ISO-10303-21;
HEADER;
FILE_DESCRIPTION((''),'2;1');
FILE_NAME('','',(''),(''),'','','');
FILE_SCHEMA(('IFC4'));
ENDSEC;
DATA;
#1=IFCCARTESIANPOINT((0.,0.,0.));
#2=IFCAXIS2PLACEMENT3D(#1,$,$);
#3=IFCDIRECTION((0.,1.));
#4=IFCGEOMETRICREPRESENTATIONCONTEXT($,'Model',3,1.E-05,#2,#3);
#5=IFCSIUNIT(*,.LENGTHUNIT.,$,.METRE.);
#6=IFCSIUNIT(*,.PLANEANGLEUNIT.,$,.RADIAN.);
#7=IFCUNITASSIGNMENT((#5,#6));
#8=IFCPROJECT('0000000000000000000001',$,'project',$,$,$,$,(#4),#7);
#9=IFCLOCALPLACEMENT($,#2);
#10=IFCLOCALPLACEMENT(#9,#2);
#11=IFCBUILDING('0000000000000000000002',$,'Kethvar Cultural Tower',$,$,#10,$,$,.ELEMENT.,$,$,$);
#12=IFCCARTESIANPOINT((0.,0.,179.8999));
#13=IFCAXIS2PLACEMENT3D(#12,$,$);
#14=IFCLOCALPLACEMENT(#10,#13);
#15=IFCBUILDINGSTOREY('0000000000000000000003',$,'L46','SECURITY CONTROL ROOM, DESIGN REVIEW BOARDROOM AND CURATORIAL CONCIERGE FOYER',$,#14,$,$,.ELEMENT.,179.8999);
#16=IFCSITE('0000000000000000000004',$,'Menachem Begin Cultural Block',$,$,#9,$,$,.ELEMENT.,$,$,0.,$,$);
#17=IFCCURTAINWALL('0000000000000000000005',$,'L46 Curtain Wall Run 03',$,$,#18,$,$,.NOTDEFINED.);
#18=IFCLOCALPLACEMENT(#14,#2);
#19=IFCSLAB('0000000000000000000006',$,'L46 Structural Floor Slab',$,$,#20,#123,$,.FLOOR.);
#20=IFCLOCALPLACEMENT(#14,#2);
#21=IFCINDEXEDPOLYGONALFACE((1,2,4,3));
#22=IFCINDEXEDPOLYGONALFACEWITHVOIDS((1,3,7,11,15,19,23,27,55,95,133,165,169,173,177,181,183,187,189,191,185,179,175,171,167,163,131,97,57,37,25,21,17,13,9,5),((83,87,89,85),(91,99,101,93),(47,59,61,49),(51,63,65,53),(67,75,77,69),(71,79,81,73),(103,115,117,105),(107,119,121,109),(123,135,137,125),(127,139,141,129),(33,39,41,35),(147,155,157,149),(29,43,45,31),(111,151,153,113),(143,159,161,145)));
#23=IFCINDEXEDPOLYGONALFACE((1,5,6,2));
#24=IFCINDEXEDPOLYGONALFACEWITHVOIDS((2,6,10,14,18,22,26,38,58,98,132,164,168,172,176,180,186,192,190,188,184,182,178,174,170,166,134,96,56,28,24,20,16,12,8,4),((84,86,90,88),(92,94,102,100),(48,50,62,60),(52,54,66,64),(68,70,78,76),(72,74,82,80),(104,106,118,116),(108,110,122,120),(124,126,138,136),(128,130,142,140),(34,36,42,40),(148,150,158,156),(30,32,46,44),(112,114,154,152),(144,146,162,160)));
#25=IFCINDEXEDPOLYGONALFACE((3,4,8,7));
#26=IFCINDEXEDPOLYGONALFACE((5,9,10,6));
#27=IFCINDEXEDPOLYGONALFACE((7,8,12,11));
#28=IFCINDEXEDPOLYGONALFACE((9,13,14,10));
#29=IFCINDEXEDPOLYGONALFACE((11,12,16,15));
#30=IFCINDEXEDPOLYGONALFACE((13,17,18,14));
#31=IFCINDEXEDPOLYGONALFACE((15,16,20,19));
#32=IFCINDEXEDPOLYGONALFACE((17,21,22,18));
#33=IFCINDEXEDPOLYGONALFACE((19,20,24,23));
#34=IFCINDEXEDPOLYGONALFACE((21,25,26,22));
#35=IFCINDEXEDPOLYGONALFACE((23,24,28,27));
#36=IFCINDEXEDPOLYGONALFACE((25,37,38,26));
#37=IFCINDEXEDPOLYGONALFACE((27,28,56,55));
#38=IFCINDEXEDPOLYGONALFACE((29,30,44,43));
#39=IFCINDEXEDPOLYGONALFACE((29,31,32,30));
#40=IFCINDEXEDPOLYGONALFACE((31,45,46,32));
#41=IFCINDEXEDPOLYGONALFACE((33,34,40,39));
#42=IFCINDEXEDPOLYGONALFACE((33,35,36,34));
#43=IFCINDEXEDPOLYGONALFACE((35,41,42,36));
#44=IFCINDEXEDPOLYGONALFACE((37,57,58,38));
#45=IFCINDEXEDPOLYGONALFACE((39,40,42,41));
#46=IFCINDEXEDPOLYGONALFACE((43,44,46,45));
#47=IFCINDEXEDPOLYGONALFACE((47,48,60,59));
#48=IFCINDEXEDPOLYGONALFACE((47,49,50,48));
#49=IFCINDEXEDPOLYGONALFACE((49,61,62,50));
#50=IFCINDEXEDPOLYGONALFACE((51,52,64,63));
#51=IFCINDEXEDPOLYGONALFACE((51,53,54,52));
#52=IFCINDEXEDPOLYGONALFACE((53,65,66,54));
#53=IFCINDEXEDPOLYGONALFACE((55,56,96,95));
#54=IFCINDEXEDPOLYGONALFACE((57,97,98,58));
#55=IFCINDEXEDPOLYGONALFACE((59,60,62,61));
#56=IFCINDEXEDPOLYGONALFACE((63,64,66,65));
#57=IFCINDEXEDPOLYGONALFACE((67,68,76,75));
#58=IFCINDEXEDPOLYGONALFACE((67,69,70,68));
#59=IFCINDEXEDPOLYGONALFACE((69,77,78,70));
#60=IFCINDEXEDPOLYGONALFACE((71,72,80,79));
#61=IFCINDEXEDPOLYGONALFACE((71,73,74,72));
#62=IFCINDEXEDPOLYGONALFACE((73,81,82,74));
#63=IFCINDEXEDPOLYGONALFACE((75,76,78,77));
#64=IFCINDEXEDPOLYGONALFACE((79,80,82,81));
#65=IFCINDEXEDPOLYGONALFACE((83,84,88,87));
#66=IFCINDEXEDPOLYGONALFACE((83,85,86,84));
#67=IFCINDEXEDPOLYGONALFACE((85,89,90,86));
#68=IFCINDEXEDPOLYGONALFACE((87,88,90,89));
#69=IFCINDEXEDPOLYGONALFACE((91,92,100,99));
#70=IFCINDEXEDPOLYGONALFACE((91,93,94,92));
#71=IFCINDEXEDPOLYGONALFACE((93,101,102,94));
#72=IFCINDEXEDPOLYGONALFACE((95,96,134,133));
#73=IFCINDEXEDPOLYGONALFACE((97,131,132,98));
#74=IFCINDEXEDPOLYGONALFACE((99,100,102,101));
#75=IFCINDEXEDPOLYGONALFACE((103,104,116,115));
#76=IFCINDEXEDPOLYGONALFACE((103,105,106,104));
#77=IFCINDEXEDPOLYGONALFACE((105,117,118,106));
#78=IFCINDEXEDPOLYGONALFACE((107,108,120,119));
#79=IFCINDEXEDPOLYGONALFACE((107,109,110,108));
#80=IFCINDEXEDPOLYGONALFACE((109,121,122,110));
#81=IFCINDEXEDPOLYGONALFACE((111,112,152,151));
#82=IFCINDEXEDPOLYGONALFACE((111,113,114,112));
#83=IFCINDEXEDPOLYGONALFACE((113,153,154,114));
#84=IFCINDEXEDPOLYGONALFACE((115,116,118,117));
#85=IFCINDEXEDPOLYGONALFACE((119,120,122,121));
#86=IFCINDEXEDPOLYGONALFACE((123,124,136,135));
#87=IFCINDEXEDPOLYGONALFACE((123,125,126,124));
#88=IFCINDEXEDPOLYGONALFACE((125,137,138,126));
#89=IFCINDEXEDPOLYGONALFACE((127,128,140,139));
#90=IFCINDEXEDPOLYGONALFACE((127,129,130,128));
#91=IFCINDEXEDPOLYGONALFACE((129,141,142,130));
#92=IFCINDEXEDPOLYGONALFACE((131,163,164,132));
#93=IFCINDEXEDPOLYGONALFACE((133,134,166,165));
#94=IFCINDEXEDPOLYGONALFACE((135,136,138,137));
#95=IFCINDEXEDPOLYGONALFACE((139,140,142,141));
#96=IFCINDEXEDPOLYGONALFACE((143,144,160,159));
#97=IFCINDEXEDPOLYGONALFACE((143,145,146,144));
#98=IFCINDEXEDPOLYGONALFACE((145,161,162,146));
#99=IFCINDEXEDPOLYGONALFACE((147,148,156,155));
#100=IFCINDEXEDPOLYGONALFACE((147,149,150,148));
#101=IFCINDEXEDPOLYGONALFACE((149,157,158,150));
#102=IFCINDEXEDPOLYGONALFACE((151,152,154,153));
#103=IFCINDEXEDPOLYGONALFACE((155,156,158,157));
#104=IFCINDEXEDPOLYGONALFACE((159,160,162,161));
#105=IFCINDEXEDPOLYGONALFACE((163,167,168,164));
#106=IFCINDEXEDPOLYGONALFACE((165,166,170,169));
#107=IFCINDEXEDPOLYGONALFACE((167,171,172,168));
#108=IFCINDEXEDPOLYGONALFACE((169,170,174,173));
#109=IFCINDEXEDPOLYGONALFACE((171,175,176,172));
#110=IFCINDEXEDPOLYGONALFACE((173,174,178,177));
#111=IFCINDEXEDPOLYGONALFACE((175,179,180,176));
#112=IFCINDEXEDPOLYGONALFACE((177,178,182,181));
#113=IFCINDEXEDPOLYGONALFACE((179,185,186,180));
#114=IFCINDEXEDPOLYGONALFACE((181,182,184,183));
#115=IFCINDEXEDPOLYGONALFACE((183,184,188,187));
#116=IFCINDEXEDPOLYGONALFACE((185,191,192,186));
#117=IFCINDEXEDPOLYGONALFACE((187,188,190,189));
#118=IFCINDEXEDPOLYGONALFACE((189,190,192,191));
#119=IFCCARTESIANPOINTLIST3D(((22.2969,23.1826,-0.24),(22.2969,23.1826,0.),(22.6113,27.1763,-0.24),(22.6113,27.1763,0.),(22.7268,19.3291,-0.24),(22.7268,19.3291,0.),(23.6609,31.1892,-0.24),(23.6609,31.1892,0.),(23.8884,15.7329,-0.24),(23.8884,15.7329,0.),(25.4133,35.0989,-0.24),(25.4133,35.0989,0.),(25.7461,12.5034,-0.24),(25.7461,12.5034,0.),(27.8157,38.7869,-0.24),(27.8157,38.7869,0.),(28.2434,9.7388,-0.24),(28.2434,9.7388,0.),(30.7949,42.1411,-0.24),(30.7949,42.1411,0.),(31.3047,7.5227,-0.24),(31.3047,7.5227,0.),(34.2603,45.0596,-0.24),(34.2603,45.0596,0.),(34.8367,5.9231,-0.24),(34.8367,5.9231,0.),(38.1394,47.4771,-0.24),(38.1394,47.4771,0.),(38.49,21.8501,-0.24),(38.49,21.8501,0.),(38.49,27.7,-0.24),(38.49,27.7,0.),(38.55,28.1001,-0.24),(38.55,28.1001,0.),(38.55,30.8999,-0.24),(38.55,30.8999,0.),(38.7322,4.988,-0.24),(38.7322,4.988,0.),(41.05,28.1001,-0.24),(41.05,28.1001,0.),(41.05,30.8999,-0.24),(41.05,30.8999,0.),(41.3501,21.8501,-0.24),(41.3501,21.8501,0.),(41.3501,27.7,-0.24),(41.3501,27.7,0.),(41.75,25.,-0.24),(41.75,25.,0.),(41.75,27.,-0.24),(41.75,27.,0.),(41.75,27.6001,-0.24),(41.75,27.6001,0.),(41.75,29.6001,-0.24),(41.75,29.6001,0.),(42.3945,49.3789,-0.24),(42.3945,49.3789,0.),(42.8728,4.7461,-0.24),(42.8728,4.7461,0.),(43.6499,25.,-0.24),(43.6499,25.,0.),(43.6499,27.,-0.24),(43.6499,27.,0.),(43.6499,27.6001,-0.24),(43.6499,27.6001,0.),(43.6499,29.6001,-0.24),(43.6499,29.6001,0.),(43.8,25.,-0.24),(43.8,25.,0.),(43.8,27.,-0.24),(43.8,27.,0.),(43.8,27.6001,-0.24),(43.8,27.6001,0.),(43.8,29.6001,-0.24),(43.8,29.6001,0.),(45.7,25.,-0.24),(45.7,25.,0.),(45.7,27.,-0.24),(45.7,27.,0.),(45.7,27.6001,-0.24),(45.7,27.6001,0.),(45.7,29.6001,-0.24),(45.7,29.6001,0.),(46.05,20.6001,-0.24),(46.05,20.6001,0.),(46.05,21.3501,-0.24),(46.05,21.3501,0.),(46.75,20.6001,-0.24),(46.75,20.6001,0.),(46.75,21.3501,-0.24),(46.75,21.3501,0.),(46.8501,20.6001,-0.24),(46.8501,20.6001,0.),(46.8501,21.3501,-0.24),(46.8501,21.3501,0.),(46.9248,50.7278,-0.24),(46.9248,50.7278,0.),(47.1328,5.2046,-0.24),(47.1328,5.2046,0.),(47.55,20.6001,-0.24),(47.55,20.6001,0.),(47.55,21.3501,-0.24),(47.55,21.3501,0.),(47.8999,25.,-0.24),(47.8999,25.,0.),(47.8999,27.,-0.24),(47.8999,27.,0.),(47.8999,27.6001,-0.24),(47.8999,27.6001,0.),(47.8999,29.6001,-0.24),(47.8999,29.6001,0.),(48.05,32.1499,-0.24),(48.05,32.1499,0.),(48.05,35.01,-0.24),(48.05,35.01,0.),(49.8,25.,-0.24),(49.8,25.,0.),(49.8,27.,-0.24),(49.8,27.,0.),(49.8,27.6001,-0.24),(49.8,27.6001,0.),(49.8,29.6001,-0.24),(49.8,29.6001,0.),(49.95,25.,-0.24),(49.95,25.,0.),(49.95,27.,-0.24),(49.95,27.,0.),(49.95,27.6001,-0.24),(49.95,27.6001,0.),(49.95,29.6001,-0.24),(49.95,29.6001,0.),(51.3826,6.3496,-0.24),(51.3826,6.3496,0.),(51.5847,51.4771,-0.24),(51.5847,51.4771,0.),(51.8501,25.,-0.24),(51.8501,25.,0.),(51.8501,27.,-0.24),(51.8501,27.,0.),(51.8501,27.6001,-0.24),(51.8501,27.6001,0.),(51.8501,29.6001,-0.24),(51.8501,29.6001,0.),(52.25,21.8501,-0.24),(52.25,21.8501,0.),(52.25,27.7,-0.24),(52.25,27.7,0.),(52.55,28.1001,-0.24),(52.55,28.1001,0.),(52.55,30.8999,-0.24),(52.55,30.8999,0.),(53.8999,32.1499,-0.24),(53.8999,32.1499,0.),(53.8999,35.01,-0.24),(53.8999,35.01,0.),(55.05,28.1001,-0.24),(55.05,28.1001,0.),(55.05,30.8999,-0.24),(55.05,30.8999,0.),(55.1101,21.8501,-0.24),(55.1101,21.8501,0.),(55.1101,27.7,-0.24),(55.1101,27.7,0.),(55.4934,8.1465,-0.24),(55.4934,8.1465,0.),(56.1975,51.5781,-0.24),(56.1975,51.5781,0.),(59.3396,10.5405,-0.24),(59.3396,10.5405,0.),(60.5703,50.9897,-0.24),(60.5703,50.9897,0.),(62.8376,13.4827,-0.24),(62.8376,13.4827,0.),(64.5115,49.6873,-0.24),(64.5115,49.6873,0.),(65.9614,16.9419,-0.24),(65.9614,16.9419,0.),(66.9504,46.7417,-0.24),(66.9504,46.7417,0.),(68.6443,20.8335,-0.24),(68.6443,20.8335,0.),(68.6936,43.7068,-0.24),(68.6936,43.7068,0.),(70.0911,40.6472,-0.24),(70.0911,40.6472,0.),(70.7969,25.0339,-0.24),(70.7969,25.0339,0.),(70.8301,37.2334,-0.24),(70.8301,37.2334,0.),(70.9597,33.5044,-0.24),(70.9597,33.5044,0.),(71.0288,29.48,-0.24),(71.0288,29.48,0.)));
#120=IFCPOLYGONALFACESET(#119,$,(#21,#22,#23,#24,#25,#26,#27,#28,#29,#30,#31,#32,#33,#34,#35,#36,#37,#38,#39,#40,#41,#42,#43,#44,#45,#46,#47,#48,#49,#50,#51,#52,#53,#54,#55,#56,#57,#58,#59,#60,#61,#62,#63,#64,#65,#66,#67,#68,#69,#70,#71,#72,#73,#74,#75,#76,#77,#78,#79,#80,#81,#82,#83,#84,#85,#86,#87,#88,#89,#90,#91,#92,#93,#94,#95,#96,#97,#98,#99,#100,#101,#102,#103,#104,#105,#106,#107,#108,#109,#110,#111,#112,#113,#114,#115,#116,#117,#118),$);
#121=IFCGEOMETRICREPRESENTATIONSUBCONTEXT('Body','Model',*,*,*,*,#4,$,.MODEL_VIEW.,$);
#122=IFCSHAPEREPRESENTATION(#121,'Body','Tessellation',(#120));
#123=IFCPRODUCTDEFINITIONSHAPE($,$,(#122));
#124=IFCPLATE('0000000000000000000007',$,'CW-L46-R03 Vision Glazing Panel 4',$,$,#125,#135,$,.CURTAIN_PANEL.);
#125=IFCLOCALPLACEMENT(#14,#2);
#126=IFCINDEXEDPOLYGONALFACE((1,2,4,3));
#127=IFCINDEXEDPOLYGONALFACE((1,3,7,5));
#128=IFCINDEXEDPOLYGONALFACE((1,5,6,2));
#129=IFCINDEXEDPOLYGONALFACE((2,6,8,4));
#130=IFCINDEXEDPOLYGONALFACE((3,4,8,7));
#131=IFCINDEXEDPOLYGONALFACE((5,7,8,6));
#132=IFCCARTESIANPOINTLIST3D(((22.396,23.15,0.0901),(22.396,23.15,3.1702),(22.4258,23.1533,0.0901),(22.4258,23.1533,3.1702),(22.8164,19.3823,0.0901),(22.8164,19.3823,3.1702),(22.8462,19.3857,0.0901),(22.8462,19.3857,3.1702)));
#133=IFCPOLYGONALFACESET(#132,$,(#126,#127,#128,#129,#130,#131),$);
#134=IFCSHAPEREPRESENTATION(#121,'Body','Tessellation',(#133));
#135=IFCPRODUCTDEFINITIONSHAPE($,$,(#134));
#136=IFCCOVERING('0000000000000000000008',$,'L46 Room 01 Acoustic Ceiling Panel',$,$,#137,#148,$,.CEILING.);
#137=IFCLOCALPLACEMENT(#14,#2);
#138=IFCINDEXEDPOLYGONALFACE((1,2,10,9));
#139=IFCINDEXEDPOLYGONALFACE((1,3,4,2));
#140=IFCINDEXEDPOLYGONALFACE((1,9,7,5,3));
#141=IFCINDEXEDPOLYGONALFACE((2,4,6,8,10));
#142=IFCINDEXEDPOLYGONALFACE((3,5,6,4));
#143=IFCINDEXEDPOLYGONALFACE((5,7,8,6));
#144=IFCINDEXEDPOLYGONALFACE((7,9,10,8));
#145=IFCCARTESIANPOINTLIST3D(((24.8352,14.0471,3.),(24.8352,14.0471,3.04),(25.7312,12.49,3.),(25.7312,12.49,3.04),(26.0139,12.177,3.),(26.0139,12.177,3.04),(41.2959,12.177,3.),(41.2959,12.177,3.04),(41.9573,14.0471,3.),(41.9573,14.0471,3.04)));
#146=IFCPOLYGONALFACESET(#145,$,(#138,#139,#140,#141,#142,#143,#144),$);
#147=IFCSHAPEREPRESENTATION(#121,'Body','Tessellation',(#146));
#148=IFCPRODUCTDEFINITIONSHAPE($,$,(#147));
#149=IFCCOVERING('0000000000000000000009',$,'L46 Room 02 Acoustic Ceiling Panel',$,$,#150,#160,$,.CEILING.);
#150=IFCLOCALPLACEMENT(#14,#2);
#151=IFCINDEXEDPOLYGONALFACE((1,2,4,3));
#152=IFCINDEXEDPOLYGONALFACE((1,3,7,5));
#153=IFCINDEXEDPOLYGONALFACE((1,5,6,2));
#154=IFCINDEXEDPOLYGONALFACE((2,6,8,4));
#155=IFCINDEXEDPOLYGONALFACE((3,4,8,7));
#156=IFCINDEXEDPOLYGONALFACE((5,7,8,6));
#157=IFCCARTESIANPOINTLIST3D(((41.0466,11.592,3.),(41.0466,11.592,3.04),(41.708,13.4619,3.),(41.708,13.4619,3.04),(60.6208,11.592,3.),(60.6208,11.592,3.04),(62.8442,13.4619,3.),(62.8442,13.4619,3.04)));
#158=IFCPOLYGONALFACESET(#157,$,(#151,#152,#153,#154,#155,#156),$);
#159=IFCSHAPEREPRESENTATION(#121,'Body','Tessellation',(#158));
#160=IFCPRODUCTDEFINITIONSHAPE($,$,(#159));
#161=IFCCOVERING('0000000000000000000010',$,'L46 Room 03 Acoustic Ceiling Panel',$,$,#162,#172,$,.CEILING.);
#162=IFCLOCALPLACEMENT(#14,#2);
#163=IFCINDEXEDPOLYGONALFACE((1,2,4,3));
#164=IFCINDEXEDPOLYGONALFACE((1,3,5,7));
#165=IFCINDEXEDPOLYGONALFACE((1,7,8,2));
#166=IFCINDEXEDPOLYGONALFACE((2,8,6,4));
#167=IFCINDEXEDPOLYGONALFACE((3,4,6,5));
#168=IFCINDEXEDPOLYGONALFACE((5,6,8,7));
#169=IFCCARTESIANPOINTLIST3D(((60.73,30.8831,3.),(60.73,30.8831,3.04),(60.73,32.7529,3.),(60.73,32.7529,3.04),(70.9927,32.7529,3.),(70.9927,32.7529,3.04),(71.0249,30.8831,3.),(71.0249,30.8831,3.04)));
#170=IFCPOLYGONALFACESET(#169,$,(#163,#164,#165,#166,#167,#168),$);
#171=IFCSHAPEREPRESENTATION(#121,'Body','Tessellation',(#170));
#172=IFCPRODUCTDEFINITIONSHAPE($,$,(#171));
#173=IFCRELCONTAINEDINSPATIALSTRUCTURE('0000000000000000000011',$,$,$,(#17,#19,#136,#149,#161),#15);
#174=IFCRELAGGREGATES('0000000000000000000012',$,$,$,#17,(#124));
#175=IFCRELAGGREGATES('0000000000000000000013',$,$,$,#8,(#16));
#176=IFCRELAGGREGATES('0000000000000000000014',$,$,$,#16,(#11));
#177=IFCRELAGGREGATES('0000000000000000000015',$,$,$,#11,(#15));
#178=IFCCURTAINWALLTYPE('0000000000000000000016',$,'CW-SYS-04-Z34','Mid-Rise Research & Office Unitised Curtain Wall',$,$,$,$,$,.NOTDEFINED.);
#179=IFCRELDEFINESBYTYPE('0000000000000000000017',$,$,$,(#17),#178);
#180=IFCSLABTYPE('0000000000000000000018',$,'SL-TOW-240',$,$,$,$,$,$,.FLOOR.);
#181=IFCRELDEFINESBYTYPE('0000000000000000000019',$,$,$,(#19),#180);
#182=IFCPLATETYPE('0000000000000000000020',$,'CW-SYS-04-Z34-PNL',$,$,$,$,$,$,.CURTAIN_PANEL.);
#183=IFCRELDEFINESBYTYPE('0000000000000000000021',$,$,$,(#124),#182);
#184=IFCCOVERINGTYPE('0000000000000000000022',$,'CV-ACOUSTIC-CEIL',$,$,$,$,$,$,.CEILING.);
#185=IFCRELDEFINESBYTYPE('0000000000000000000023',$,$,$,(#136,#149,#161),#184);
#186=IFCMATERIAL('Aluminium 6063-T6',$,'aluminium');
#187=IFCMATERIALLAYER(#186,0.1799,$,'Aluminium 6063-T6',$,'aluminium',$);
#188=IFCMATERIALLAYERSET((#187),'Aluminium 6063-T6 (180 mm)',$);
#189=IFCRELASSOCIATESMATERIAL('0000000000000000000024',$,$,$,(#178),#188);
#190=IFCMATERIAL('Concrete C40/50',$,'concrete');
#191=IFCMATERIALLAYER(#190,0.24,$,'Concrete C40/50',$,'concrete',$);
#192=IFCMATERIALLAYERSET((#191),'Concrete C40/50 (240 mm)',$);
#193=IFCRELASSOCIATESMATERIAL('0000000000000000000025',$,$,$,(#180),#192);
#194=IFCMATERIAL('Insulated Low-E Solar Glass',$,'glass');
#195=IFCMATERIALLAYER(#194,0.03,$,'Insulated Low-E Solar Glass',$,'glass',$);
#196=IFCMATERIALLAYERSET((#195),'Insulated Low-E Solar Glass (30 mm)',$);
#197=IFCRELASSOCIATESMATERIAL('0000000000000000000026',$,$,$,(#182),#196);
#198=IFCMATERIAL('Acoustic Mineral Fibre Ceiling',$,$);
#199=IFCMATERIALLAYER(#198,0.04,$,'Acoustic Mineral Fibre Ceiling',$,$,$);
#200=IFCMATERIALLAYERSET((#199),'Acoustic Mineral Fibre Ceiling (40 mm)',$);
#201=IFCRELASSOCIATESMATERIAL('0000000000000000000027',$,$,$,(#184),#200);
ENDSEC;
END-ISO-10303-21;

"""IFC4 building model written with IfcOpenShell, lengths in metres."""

from ifc_helpers import new_model, si_unit, direction, frame, origin, origin_2d, place, context, subcontext, project, spatial, polyline, rectangle, outline, extrude, source, transform, mapped, material, layer, layer_set, type_object, element, aggregate, save


model = new_model("IFC4")

# Units and contexts
model_context = context("Model", 3, precision=1e-05, world=origin(), true_north=direction((0.0, 1.0)))
body_context = subcontext(model_context, "Body", "Model", "MODEL_VIEW")
ifc_project = project(units=[si_unit("LENGTHUNIT", "METRE"), si_unit("PLANEANGLEUNIT", "RADIAN")], contexts=[model_context])

# Site, building, storey
site_placement = place(None, origin())
site = spatial("IfcSite", under=ifc_project, at=site_placement, Name="Menachem Begin Cultural Block", CompositionType="ELEMENT", RefElevation=0.0)
building_placement = place(site_placement, origin())
building = spatial("IfcBuilding", under=site, at=building_placement, Name="Kethvar Cultural Tower", CompositionType="ELEMENT")
storey_placement = place(building_placement, frame((0.0, 0.0, 179.8999)))
storey = spatial("IfcBuildingStorey", under=building, at=storey_placement, Name="L46", Description="SECURITY CONTROL ROOM, DESIGN REVIEW BOARDROOM AND CURATORIAL CONCIERGE FOYER", CompositionType="ELEMENT", Elevation=179.8999)

# Curtain wall
ifc_material_1 = material(Name="Aluminium 6063-T6", Category="aluminium")
ifc_layer_1 = layer(ifc_material_1, 0.1799, Name="Aluminium 6063-T6", Category="aluminium")
ifc_layer_set_1 = layer_set([ifc_layer_1], Name="Aluminium 6063-T6 (180 mm)")
curtain_wall_type = type_object("IfcCurtainWallType", Name="CW-SYS-04-Z34", Description="Mid-Rise Research & Office Unitised Curtain Wall", PredefinedType="NOTDEFINED", material=ifc_layer_set_1)
curtain_wall_placement = place(storey_placement, origin())
curtain_wall = element("IfcCurtainWall", 1, at=curtain_wall_placement, inside=storey, type_object=curtain_wall_type, Name="L46 Curtain Wall Run 03", PredefinedType="NOTDEFINED")

# Shared definitions
ifc_material_2 = material(Name="Concrete C40/50", Category="concrete")

# Slab
ifc_layer_2 = layer(ifc_material_2, 0.24, Name="Concrete C40/50", Category="concrete")
ifc_layer_set_2 = layer_set([ifc_layer_2], Name="Concrete C40/50 (240 mm)")
slab_type_1 = type_object("IfcSlabType", Name="SL-TOW-240", PredefinedType="FLOOR", material=ifc_layer_set_2)
slab_1_placement = place(storey_placement, frame((0.0, 0.0, -0.24)))
element("IfcSlab", 2, at=slab_1_placement, inside=storey, type_object=slab_type_1, Name="L46 Structural Floor Slab", PredefinedType="FLOOR", context=body_context, shape_type="SweptSolid", body=[
    extrude(outline(polyline([(68.6936, 43.7068), (66.9504, 46.7417), (64.5115, 49.6873), (60.5703, 50.9897), (56.1975, 51.5781), (51.5847, 51.4771), (46.9248, 50.7278), (42.3945, 49.3789), (38.1394, 47.4771), (34.2603, 45.0596), (30.7949, 42.1411), (27.8157, 38.7869), (25.4133, 35.0989), (23.6609, 31.1892), (22.6113, 27.1763), (22.2969, 23.1826), (22.7268, 19.3291), (23.8884, 15.7329), (25.7461, 12.5034), (28.2434, 9.7388), (31.3047, 7.5227), (34.8367, 5.9231), (38.7322, 4.988), (42.8728, 4.7461), (47.1328, 5.2046), (51.3826, 6.3496), (55.4934, 8.1465), (59.3396, 10.5405), (62.8376, 13.4827), (65.9614, 16.9419), (68.6443, 20.8335), (70.7969, 25.0339), (71.0288, 29.48), (70.9597, 33.5044), (70.8301, 37.2334), (70.0911, 40.6472), (68.6936, 43.7068)]), holes=[polyline([(38.49, 21.8501), (38.49, 27.7), (41.3501, 27.7), (41.3501, 21.8501), (38.49, 21.8501)]), polyline([(52.25, 21.8501), (52.25, 27.7), (55.1101, 27.7), (55.1101, 21.8501), (52.25, 21.8501)]), polyline([(53.8999, 32.1499), (48.05, 32.1499), (48.05, 35.01), (53.8999, 35.01), (53.8999, 32.1499)]), polyline([(41.75, 27.0), (43.6499, 27.0), (43.6499, 25.0), (41.75, 25.0), (41.75, 27.0)]), polyline([(43.8, 27.0), (45.7, 27.0), (45.7, 25.0), (43.8, 25.0), (43.8, 27.0)]), polyline([(47.8999, 27.0), (49.8, 27.0), (49.8, 25.0), (47.8999, 25.0), (47.8999, 27.0)]), polyline([(49.95, 27.0), (51.8501, 27.0), (51.8501, 25.0), (49.95, 25.0), (49.95, 27.0)]), polyline([(41.75, 29.6001), (43.6499, 29.6001), (43.6499, 27.6001), (41.75, 27.6001), (41.75, 29.6001)]), polyline([(43.8, 29.6001), (45.7, 29.6001), (45.7, 27.6001), (43.8, 27.6001), (43.8, 29.6001)]), polyline([(47.8999, 29.6001), (49.8, 29.6001), (49.8, 27.6001), (47.8999, 27.6001), (47.8999, 29.6001)]), polyline([(49.95, 29.6001), (51.8501, 29.6001), (51.8501, 27.6001), (49.95, 27.6001), (49.95, 29.6001)]), polyline([(38.55, 30.8999), (41.05, 30.8999), (41.05, 28.1001), (38.55, 28.1001), (38.55, 30.8999)]), polyline([(52.55, 30.8999), (55.05, 30.8999), (55.05, 28.1001), (52.55, 28.1001), (52.55, 30.8999)]), polyline([(46.05, 21.3501), (46.75, 21.3501), (46.75, 20.6001), (46.05, 20.6001), (46.05, 21.3501)]), polyline([(46.8501, 21.3501), (47.55, 21.3501), (47.55, 20.6001), (46.8501, 20.6001), (46.8501, 21.3501)])]), origin(), (0.0, 0.0, 1.0), 0.24),
])

# Plate
ifc_material_3 = material(Name="Insulated Low-E Solar Glass", Category="glass")
ifc_layer_3 = layer(ifc_material_3, 0.03, Name="Insulated Low-E Solar Glass", Category="glass")
ifc_layer_set_3 = layer_set([ifc_layer_3], Name="Insulated Low-E Solar Glass (30 mm)")
plate_type = type_object("IfcPlateType", Name="CW-SYS-04-Z34-PNL", PredefinedType="CURTAIN_PANEL", material=ifc_layer_set_3)
shared_shape_1 = source(origin(), body_context, "Body", "SweptSolid", [
    extrude(rectangle(XDim=3.791, YDim=0.03, at=origin_2d()), origin(), (0.0, 0.0, 1.0), 3.0801),
])
plate_placement = place(storey_placement, frame((22.6211, 21.2678, 0.0901), z_axis=(0.0, 0.0, 1.0), x_axis=(0.110897, -0.993832, 0.0)))
plate = element("IfcPlate", 3, at=plate_placement, type_object=plate_type, Name="CW-L46-R03 Vision Glazing Panel 4", PredefinedType="CURTAIN_PANEL", context=body_context, shape_type="MappedRepresentation", body=[
    mapped(shared_shape_1, transform((0.0, 0.0, 0.0), scale=1.0)),
])
aggregate(curtain_wall, [plate])

# Coverings
ifc_material_4 = material(Name="Acoustic Mineral Fibre Ceiling")
ifc_layer_4 = layer(ifc_material_4, 0.04, Name="Acoustic Mineral Fibre Ceiling")
ifc_layer_set_4 = layer_set([ifc_layer_4], Name="Acoustic Mineral Fibre Ceiling (40 mm)")
covering_type_1 = type_object("IfcCoveringType", Name="CV-ACOUSTIC-CEIL", PredefinedType="CEILING", material=ifc_layer_set_4)
covering_1_placement = place(storey_placement, frame((0.0, 0.0, 3.0)))
element("IfcCovering", 4, at=covering_1_placement, inside=storey, type_object=covering_type_1, Name="L46 Room 01 Acoustic Ceiling Panel", PredefinedType="CEILING", context=body_context, shape_type="SweptSolid", body=[
    extrude(outline(polyline([(25.7312, 12.49), (24.8352, 14.0471), (41.9573, 14.0471), (41.2959, 12.177), (26.0139, 12.177), (25.7312, 12.49)])), origin(), (0.0, 0.0, 1.0), 0.04),
])
covering_2_placement = place(storey_placement, frame((0.0, 0.0, 3.0)))
element("IfcCovering", 5, at=covering_2_placement, inside=storey, type_object=covering_type_1, Name="L46 Room 02 Acoustic Ceiling Panel", PredefinedType="CEILING", context=body_context, shape_type="SweptSolid", body=[
    extrude(outline(polyline([(60.6208, 11.592), (41.0466, 11.592), (41.708, 13.4619), (62.8442, 13.4619), (60.6208, 11.592)])), origin(), (0.0, 0.0, 1.0), 0.04),
])
covering_3_placement = place(storey_placement, frame((0.0, 0.0, 3.0)))
element("IfcCovering", 6, at=covering_3_placement, inside=storey, type_object=covering_type_1, Name="L46 Room 03 Acoustic Ceiling Panel", PredefinedType="CEILING", context=body_context, shape_type="SweptSolid", body=[
    extrude(outline(polyline([(71.0249, 30.8831), (60.73, 30.8831), (60.73, 32.7529), (70.9927, 32.7529), (71.0249, 30.8831)])), origin(), (0.0, 0.0, 1.0), 0.04),
])

save(model, "model.ifc")
